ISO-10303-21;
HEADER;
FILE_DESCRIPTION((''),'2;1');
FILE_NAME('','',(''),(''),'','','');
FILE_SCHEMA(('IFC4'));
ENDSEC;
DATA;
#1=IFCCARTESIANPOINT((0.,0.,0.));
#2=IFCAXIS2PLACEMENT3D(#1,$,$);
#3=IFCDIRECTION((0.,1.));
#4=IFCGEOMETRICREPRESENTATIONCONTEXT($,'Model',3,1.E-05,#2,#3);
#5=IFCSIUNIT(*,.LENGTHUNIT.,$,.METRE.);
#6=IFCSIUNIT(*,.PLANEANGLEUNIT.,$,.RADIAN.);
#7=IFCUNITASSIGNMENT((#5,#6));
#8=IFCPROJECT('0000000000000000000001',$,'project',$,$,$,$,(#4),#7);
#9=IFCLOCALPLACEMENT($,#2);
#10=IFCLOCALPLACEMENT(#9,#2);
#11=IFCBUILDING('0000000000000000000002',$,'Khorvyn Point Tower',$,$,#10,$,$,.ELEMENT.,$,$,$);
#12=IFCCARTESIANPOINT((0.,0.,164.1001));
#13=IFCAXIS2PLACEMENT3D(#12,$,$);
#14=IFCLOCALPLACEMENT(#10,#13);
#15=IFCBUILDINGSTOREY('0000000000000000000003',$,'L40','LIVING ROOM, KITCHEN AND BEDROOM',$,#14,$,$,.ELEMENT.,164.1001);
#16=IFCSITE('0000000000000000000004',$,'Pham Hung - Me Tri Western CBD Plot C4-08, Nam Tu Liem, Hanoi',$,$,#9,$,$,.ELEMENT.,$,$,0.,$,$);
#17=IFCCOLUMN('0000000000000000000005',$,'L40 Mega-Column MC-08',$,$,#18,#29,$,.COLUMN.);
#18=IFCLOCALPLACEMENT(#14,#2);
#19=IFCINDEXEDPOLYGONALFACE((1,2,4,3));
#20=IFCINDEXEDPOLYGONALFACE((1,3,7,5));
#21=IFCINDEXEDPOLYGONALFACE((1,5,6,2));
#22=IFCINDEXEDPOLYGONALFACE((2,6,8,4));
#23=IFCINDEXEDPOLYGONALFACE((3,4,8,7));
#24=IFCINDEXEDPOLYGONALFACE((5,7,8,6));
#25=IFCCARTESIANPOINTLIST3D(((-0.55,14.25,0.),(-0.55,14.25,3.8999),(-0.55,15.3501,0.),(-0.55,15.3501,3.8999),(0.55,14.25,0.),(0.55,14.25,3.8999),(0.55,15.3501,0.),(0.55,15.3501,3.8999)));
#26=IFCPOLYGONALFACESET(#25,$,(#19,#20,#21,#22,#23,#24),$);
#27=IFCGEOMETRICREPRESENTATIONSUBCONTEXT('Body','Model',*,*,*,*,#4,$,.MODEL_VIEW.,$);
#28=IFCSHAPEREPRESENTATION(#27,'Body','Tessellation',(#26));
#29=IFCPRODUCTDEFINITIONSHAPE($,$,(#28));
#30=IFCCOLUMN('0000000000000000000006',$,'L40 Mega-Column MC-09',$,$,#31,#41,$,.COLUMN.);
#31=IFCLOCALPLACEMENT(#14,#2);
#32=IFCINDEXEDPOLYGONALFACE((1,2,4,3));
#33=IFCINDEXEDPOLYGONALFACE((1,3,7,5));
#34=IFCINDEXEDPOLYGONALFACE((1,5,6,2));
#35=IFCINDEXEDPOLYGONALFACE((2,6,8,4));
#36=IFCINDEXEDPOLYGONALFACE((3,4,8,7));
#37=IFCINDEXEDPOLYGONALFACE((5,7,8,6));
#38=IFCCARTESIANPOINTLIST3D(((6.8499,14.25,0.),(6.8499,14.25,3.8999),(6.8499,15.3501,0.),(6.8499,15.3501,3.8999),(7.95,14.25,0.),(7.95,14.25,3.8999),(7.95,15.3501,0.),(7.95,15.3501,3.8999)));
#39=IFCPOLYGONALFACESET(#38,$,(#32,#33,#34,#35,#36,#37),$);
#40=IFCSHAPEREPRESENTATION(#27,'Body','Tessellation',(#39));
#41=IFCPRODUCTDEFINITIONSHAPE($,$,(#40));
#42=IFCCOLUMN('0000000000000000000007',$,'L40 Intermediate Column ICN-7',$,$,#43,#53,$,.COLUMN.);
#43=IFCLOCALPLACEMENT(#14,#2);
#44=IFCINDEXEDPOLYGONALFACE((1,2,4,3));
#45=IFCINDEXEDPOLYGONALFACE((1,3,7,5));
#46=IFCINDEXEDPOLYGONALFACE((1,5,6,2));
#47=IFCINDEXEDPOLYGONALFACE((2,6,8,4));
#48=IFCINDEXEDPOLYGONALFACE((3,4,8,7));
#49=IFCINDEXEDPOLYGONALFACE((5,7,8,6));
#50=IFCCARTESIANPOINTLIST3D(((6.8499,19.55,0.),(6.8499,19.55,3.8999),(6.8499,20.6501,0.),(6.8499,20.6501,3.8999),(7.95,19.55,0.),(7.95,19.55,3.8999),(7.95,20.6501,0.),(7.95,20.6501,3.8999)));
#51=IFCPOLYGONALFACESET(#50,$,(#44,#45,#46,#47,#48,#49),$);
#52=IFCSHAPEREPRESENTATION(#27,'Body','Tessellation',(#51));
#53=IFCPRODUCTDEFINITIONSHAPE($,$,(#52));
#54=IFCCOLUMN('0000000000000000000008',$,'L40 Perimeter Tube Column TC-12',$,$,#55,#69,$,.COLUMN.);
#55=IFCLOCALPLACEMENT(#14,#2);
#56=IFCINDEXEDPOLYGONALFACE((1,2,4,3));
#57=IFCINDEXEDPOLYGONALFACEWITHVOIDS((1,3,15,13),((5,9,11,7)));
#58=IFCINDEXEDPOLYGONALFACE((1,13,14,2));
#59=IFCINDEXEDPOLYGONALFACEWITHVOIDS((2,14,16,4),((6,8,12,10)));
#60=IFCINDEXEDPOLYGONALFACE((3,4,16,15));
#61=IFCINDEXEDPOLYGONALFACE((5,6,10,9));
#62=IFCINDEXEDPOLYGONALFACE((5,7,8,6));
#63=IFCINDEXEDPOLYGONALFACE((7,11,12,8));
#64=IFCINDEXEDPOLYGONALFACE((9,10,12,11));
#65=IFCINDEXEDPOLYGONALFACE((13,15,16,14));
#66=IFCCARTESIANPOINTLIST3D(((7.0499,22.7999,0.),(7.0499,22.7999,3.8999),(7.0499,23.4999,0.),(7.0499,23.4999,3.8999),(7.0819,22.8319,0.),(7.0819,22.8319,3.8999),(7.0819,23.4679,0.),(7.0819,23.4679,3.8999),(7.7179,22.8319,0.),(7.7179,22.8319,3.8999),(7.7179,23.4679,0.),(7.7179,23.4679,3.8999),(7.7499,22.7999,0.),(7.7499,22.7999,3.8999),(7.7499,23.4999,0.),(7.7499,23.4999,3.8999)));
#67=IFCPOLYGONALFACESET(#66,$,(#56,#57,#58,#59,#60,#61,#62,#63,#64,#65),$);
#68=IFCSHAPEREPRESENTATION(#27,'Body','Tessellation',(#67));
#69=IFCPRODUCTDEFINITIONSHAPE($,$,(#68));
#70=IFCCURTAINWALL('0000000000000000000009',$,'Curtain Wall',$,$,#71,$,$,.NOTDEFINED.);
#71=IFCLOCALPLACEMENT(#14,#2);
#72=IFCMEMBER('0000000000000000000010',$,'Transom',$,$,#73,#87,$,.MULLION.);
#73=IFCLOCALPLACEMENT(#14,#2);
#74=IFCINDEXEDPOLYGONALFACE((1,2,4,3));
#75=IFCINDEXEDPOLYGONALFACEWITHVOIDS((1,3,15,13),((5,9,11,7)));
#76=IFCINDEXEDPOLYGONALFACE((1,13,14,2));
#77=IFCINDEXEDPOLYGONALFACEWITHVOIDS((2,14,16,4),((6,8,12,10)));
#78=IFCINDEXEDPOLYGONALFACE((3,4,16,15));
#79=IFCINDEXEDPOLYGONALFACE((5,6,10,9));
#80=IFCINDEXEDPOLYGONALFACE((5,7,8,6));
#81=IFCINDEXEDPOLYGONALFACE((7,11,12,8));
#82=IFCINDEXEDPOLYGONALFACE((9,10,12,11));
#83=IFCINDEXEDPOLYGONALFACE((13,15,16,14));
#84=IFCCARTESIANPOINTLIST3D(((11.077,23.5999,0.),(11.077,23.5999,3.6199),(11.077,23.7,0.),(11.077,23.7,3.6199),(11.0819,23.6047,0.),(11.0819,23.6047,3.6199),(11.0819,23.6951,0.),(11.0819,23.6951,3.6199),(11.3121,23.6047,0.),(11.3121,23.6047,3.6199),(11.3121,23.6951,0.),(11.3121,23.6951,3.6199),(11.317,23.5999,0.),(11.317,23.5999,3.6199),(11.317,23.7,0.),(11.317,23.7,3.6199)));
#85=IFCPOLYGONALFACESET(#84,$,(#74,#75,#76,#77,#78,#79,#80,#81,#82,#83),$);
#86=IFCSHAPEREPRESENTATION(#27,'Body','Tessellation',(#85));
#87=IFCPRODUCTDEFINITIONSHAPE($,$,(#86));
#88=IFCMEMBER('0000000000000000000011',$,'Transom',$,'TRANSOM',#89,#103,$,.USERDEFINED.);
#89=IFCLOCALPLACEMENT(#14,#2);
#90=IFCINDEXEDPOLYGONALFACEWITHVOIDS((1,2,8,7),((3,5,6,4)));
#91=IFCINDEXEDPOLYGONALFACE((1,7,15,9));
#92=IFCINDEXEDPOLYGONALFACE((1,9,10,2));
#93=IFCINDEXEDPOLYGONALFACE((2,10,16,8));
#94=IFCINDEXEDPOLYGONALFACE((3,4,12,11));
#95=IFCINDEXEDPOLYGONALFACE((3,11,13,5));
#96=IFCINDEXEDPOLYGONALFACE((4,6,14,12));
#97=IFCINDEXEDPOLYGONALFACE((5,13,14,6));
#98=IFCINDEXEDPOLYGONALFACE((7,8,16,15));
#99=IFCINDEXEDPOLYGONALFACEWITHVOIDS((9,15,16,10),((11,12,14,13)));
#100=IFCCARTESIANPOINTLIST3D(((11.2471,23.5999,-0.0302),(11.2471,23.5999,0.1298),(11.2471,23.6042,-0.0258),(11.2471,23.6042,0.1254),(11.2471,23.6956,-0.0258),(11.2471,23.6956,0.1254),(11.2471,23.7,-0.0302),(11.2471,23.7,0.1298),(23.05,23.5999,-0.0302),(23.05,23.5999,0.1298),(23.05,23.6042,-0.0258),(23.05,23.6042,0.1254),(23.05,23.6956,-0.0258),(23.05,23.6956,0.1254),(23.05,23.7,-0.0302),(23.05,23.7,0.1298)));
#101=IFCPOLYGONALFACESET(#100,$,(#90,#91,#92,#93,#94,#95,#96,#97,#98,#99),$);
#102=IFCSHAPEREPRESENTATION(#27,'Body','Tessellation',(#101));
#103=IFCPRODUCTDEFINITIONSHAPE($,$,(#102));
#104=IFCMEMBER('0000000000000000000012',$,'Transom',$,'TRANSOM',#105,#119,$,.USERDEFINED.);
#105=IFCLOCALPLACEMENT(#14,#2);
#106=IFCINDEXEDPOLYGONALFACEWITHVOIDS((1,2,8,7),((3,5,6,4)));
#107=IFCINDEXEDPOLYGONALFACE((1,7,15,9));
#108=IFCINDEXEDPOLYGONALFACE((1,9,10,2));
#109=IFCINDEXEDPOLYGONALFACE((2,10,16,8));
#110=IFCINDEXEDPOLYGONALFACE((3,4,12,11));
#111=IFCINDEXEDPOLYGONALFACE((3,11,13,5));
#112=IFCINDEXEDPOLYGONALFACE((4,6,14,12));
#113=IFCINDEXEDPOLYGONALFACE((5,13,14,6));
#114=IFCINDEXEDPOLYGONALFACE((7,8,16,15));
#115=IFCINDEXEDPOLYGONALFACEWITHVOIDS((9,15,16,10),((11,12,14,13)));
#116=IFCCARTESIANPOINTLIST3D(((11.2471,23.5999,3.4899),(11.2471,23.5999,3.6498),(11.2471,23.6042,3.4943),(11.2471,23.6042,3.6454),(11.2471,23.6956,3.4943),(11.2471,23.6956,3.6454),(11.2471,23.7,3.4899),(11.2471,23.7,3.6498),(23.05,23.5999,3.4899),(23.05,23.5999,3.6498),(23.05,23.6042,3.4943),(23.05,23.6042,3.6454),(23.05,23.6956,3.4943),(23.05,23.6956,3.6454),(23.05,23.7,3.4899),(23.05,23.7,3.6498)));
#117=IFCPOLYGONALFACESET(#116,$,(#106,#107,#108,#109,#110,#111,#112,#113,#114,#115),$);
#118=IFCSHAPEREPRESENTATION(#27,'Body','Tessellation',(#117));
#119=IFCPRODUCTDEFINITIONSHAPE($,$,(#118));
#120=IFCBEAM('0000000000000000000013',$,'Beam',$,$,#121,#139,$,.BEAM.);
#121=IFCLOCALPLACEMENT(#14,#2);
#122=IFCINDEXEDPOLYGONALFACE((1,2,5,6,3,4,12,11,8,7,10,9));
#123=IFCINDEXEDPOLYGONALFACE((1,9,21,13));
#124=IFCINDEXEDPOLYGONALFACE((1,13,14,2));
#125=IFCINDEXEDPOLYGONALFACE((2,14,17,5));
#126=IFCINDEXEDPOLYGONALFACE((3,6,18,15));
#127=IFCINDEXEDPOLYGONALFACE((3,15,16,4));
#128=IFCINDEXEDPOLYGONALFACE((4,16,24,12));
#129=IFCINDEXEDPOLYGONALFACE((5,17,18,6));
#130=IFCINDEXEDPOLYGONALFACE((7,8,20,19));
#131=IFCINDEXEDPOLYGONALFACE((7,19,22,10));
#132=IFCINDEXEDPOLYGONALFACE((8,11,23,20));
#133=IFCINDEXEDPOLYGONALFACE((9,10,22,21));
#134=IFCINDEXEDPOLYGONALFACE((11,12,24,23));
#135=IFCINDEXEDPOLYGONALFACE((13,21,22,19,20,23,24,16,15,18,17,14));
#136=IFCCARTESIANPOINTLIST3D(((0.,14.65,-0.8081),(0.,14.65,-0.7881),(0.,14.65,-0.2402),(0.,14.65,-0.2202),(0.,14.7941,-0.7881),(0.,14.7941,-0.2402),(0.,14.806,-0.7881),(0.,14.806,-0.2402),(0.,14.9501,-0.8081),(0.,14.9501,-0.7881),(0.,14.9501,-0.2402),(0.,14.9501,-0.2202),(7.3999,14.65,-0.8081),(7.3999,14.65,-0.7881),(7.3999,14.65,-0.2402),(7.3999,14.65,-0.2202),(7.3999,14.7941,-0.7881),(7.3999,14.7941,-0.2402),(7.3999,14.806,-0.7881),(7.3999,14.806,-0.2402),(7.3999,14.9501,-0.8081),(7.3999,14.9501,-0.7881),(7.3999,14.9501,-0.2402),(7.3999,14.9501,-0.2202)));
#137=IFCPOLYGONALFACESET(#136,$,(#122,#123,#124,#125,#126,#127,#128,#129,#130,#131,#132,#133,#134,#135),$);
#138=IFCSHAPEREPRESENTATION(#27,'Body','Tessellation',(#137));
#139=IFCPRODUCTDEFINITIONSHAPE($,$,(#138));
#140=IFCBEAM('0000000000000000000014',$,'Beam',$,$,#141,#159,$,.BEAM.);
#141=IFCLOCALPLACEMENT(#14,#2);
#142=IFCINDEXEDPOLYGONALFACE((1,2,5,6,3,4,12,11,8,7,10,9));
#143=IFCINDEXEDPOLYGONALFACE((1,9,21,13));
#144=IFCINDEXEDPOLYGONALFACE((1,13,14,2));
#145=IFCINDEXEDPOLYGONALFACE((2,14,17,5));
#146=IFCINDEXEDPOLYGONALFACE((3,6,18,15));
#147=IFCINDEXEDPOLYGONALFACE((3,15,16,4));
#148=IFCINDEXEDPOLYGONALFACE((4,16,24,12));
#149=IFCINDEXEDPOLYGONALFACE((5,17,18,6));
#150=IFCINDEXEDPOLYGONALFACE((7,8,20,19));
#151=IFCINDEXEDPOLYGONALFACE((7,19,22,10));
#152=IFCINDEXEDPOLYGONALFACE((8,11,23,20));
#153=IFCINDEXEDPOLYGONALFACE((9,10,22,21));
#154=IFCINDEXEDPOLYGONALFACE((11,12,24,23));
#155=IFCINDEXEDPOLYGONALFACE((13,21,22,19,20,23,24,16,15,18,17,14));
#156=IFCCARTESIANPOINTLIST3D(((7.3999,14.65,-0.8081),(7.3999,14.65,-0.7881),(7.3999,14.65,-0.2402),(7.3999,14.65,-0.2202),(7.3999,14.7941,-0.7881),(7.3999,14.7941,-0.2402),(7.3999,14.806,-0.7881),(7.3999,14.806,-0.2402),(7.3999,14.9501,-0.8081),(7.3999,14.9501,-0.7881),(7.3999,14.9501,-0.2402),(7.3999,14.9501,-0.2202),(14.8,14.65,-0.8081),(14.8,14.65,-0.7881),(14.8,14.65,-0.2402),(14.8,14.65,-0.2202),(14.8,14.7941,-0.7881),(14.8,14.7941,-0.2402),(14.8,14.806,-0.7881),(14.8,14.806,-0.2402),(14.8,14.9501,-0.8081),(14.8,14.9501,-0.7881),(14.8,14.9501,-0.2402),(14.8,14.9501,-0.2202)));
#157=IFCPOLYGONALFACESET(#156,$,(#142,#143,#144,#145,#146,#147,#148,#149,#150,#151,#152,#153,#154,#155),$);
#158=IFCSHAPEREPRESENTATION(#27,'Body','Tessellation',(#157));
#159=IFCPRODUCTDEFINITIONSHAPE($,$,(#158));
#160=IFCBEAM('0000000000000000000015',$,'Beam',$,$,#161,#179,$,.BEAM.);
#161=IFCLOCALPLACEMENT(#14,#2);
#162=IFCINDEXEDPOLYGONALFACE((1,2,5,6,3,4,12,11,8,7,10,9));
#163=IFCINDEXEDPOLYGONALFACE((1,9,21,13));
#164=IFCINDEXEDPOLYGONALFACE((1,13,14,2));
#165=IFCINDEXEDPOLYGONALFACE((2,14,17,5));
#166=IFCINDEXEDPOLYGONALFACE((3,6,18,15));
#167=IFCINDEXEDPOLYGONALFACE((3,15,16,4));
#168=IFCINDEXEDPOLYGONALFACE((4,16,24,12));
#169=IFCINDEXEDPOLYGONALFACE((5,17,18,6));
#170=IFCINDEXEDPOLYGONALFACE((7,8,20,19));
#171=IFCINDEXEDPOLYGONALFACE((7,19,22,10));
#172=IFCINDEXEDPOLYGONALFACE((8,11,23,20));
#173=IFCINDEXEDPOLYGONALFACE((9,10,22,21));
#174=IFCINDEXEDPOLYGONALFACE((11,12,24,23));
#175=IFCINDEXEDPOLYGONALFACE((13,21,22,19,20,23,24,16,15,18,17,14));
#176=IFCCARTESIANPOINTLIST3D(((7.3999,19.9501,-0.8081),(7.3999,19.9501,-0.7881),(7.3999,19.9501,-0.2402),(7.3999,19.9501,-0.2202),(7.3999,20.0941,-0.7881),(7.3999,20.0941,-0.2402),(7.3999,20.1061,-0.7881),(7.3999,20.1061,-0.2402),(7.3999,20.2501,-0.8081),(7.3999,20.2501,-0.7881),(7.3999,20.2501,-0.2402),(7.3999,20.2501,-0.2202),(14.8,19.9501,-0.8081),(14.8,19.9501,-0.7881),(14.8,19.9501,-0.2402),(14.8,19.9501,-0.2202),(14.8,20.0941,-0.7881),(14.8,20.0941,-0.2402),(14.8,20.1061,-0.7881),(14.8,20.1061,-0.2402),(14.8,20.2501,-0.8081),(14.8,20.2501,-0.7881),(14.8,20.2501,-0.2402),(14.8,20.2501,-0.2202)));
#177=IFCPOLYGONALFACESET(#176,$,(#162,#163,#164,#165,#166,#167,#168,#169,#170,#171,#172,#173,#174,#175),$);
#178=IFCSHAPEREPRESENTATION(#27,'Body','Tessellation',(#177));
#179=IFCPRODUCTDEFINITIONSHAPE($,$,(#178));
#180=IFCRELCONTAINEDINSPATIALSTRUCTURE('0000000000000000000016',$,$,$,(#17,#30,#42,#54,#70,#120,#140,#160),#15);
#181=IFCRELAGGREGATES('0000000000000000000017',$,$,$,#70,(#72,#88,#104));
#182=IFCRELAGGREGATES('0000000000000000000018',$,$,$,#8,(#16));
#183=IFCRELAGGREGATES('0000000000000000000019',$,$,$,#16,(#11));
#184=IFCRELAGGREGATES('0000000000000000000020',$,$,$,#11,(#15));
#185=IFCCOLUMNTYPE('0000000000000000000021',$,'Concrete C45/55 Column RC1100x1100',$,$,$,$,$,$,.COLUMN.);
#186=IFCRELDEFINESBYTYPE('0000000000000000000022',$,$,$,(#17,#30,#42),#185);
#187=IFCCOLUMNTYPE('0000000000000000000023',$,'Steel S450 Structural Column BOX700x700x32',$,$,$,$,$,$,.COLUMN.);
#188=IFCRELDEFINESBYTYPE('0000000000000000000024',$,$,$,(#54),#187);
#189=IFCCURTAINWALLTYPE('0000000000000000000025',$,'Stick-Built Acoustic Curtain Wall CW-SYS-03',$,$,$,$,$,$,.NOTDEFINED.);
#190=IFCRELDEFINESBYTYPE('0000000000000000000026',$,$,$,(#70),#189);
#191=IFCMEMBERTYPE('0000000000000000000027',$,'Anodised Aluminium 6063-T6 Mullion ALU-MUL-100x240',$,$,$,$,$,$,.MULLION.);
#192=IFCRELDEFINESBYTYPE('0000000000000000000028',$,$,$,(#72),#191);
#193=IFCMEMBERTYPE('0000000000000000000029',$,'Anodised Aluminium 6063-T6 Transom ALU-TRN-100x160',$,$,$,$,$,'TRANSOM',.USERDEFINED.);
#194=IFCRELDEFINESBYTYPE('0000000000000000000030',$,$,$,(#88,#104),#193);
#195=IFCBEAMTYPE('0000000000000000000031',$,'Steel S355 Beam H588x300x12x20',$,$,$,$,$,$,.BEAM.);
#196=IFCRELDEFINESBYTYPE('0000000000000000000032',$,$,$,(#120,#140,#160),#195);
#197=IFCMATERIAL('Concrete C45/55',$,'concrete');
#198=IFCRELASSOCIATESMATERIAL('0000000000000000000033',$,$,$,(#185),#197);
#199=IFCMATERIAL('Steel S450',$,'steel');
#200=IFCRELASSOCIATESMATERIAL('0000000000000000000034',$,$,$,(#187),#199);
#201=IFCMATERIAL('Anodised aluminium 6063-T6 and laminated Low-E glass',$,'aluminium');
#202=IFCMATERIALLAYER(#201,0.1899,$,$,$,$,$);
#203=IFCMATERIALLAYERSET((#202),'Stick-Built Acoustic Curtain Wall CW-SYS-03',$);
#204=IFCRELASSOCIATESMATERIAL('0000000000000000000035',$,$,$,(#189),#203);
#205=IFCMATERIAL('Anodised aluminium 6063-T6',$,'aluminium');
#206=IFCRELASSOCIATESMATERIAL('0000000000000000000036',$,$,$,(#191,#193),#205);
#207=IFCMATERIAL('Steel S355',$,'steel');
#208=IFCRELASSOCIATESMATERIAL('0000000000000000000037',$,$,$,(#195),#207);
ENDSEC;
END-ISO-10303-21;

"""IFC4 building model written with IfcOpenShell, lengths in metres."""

from ifc_helpers import new_model, si_unit, direction, frame, origin, origin_2d, place, context, subcontext, project, spatial, rectangle, hollow_rectangle, i_section, extrude, material, layer, layer_set, material_profile, profile_set, type_object, element, aggregate, save


model = new_model("IFC4")

# Units and contexts
model_context = context("Model", 3, precision=1e-05, world=origin(), true_north=direction((0.0, 1.0)))
body_context = subcontext(model_context, "Body", "Model", "MODEL_VIEW")
ifc_project = project(units=[si_unit("LENGTHUNIT", "METRE"), si_unit("PLANEANGLEUNIT", "RADIAN")], contexts=[model_context])

# Site, building, storey
site_placement = place(None, origin())
site = spatial("IfcSite", under=ifc_project, at=site_placement, Name="Pham Hung - Me Tri Western CBD Plot C4-08, Nam Tu Liem, Hanoi", CompositionType="ELEMENT", RefElevation=0.0)
building_placement = place(site_placement, origin())
building = spatial("IfcBuilding", under=site, at=building_placement, Name="Khorvyn Point Tower", CompositionType="ELEMENT")
storey_placement = place(building_placement, frame((0.0, 0.0, 164.1001)))
storey = spatial("IfcBuildingStorey", under=building, at=storey_placement, Name="L40", Description="LIVING ROOM, KITCHEN AND BEDROOM", CompositionType="ELEMENT", Elevation=164.1001)

# Columns
ifc_material_1 = material(Name="Concrete C45/55", Category="concrete")
ifc_material_profile_1 = material_profile(ifc_material_1, rectangle(XDim=1.1001, YDim=1.1001, at=origin_2d()))
ifc_profile_set_1 = profile_set([ifc_material_profile_1], Name="Concrete C45/55 RC1100x1100")
column_type_1 = type_object("IfcColumnType", Name="Concrete C45/55 Column RC1100x1100", PredefinedType="COLUMN", material=ifc_profile_set_1)
for number, where, z_axis, x_axis, name in (
    (1, (0.0, 14.8, 0.0), (0.0, 0.0, 1.0), (1.0, 0.0, 0.0), "L40 Mega-Column MC-08"),
    (2, (7.3999, 14.8, 0.0), (0.0, 0.0, 1.0), (1.0, 0.0, 0.0), "L40 Mega-Column MC-09"),
    (3, (7.3999, 20.1001, 0.0), (0.0, 0.0, 1.0), (1.0, 0.0, 0.0), "L40 Intermediate Column ICN-7"),
):
    element("IfcColumn", number, at=place(storey_placement, frame(where, z_axis=z_axis, x_axis=x_axis)), inside=storey, type_object=column_type_1, Name=name, PredefinedType="COLUMN", context=body_context, shape_type="SweptSolid", body=[
        extrude(rectangle(XDim=1.1001, YDim=1.1001, at=origin_2d()), origin(), (0.0, 0.0, 1.0), 3.8999),
    ])
ifc_material_2 = material(Name="Steel S450", Category="steel")
ifc_material_profile_2 = material_profile(ifc_material_2, hollow_rectangle(XDim=0.7, YDim=0.7, WallThickness=0.032, at=origin_2d()))
ifc_profile_set_2 = profile_set([ifc_material_profile_2], Name="Steel S450 BOX700x700x32")
column_type_2 = type_object("IfcColumnType", Name="Steel S450 Structural Column BOX700x700x32", PredefinedType="COLUMN", material=ifc_profile_set_2)
column_placement = place(storey_placement, frame((7.3999, 23.1499, 0.0), z_axis=(0.0, 0.0, 1.0), x_axis=(1.0, 0.0, 0.0)))
element("IfcColumn", 4, at=column_placement, inside=storey, type_object=column_type_2, Name="L40 Perimeter Tube Column TC-12", PredefinedType="COLUMN", context=body_context, shape_type="SweptSolid", body=[
    extrude(hollow_rectangle(XDim=0.7, YDim=0.7, WallThickness=0.032, at=origin_2d()), origin(), (0.0, 0.0, 1.0), 3.8999),
])

# Curtain wall, members
ifc_material_3 = material(Name="Anodised aluminium 6063-T6 and laminated Low-E glass", Category="aluminium")
ifc_layer_1 = layer(ifc_material_3, 0.1899)
ifc_layer_set_1 = layer_set([ifc_layer_1], Name="Stick-Built Acoustic Curtain Wall CW-SYS-03")
curtain_wall_type = type_object("IfcCurtainWallType", Name="Stick-Built Acoustic Curtain Wall CW-SYS-03", PredefinedType="NOTDEFINED", material=ifc_layer_set_1)
curtain_wall_placement = place(storey_placement, origin())
curtain_wall = element("IfcCurtainWall", 5, at=curtain_wall_placement, inside=storey, type_object=curtain_wall_type, Name="Curtain Wall", PredefinedType="NOTDEFINED")
ifc_material_4 = material(Name="Anodised aluminium 6063-T6", Category="aluminium")
ifc_material_profile_3 = material_profile(ifc_material_4, hollow_rectangle(XDim=0.1001, YDim=0.24, WallThickness=0.0049, at=origin_2d()))
ifc_profile_set_3 = profile_set([ifc_material_profile_3], Name="Anodised aluminium 6063-T6 ALU-MUL-100x240")
member_type_1 = type_object("IfcMemberType", Name="Anodised Aluminium 6063-T6 Mullion ALU-MUL-100x240", PredefinedType="MULLION", material=ifc_profile_set_3)
member_1_placement = place(storey_placement, frame((11.197, 23.6499, 0.0), z_axis=(0.0, 0.0, 1.0), x_axis=(0.0, 1.0, 0.0)))
member_1 = element("IfcMember", 6, at=member_1_placement, type_object=member_type_1, Name="Transom", PredefinedType="MULLION", context=body_context, shape_type="SweptSolid", body=[
    extrude(hollow_rectangle(XDim=0.1001, YDim=0.24, WallThickness=0.0049, at=origin_2d()), origin(), (0.0, 0.0, 1.0), 3.6199),
])
ifc_material_profile_4 = material_profile(ifc_material_4, hollow_rectangle(XDim=0.1001, YDim=0.1599, WallThickness=0.0044, at=origin_2d()))
ifc_profile_set_4 = profile_set([ifc_material_profile_4], Name="Anodised aluminium 6063-T6 ALU-TRN-100x160")
member_type_2 = type_object("IfcMemberType", Name="Anodised Aluminium 6063-T6 Transom ALU-TRN-100x160", ElementType="TRANSOM", PredefinedType="USERDEFINED", material=ifc_profile_set_4)
member_2_placement = place(storey_placement, frame((11.2471, 23.6499, 0.0498), z_axis=(1.0, 0.0, 0.0), x_axis=(0.0, 1.0, 0.0)))
member_2 = element("IfcMember", 7, at=member_2_placement, type_object=member_type_2, Name="Transom", ObjectType="TRANSOM", PredefinedType="USERDEFINED", context=body_context, shape_type="SweptSolid", body=[
    extrude(hollow_rectangle(XDim=0.1001, YDim=0.1599, WallThickness=0.0044, at=origin_2d()), origin(), (0.0, 0.0, 1.0), 11.803),
])
member_3_placement = place(storey_placement, frame((11.2471, 23.6499, 3.5698), z_axis=(1.0, 0.0, 0.0), x_axis=(0.0, 1.0, 0.0)))
member_3 = element("IfcMember", 8, at=member_3_placement, type_object=member_type_2, Name="Transom", ObjectType="TRANSOM", PredefinedType="USERDEFINED", context=body_context, shape_type="SweptSolid", body=[
    extrude(hollow_rectangle(XDim=0.1001, YDim=0.1599, WallThickness=0.0044, at=origin_2d()), origin(), (0.0, 0.0, 1.0), 11.803),
])

# Beams
ifc_material_5 = material(Name="Steel S355", Category="steel")
ifc_material_profile_5 = material_profile(ifc_material_5, i_section(OverallWidth=0.3, OverallDepth=0.5879, WebThickness=0.012, FlangeThickness=0.02, at=origin_2d()))
ifc_profile_set_5 = profile_set([ifc_material_profile_5], Name="Steel S355 H588x300x12x20")
beam_type_1 = type_object("IfcBeamType", Name="Steel S355 Beam H588x300x12x20", PredefinedType="BEAM", material=ifc_profile_set_5)
beam_1_placement = place(storey_placement, frame((0.0, 14.8, -0.5142), z_axis=(1.0, 0.0, 0.0), x_axis=(0.0, 1.0, 0.0)))
element("IfcBeam", 9, at=beam_1_placement, inside=storey, type_object=beam_type_1, Name="Beam", PredefinedType="BEAM", context=body_context, shape_type="SweptSolid", body=[
    extrude(i_section(OverallWidth=0.3, OverallDepth=0.5879, WebThickness=0.012, FlangeThickness=0.02, at=origin_2d()), origin(), (0.0, 0.0, 1.0), 7.3999),
])
for number, where, z_axis, x_axis, name in (
    (10, (7.3999, 14.8, -0.5142), (1.0, 0.0, 0.0), (0.0, 1.0, 0.0), "Beam"),
    (11, (7.3999, 20.1001, -0.5142), (1.0, 0.0, 0.0), (0.0, 1.0, 0.0), "Beam"),
):
    element("IfcBeam", number, at=place(storey_placement, frame(where, z_axis=z_axis, x_axis=x_axis)), inside=storey, type_object=beam_type_1, Name=name, PredefinedType="BEAM", context=body_context, shape_type="SweptSolid", body=[
        extrude(i_section(OverallWidth=0.3, OverallDepth=0.5879, WebThickness=0.012, FlangeThickness=0.02, at=origin_2d()), origin(), (0.0, 0.0, 1.0), 7.4001),
    ])

aggregate(curtain_wall, [member_1, member_2, member_3])

save(model, "model.ifc")
